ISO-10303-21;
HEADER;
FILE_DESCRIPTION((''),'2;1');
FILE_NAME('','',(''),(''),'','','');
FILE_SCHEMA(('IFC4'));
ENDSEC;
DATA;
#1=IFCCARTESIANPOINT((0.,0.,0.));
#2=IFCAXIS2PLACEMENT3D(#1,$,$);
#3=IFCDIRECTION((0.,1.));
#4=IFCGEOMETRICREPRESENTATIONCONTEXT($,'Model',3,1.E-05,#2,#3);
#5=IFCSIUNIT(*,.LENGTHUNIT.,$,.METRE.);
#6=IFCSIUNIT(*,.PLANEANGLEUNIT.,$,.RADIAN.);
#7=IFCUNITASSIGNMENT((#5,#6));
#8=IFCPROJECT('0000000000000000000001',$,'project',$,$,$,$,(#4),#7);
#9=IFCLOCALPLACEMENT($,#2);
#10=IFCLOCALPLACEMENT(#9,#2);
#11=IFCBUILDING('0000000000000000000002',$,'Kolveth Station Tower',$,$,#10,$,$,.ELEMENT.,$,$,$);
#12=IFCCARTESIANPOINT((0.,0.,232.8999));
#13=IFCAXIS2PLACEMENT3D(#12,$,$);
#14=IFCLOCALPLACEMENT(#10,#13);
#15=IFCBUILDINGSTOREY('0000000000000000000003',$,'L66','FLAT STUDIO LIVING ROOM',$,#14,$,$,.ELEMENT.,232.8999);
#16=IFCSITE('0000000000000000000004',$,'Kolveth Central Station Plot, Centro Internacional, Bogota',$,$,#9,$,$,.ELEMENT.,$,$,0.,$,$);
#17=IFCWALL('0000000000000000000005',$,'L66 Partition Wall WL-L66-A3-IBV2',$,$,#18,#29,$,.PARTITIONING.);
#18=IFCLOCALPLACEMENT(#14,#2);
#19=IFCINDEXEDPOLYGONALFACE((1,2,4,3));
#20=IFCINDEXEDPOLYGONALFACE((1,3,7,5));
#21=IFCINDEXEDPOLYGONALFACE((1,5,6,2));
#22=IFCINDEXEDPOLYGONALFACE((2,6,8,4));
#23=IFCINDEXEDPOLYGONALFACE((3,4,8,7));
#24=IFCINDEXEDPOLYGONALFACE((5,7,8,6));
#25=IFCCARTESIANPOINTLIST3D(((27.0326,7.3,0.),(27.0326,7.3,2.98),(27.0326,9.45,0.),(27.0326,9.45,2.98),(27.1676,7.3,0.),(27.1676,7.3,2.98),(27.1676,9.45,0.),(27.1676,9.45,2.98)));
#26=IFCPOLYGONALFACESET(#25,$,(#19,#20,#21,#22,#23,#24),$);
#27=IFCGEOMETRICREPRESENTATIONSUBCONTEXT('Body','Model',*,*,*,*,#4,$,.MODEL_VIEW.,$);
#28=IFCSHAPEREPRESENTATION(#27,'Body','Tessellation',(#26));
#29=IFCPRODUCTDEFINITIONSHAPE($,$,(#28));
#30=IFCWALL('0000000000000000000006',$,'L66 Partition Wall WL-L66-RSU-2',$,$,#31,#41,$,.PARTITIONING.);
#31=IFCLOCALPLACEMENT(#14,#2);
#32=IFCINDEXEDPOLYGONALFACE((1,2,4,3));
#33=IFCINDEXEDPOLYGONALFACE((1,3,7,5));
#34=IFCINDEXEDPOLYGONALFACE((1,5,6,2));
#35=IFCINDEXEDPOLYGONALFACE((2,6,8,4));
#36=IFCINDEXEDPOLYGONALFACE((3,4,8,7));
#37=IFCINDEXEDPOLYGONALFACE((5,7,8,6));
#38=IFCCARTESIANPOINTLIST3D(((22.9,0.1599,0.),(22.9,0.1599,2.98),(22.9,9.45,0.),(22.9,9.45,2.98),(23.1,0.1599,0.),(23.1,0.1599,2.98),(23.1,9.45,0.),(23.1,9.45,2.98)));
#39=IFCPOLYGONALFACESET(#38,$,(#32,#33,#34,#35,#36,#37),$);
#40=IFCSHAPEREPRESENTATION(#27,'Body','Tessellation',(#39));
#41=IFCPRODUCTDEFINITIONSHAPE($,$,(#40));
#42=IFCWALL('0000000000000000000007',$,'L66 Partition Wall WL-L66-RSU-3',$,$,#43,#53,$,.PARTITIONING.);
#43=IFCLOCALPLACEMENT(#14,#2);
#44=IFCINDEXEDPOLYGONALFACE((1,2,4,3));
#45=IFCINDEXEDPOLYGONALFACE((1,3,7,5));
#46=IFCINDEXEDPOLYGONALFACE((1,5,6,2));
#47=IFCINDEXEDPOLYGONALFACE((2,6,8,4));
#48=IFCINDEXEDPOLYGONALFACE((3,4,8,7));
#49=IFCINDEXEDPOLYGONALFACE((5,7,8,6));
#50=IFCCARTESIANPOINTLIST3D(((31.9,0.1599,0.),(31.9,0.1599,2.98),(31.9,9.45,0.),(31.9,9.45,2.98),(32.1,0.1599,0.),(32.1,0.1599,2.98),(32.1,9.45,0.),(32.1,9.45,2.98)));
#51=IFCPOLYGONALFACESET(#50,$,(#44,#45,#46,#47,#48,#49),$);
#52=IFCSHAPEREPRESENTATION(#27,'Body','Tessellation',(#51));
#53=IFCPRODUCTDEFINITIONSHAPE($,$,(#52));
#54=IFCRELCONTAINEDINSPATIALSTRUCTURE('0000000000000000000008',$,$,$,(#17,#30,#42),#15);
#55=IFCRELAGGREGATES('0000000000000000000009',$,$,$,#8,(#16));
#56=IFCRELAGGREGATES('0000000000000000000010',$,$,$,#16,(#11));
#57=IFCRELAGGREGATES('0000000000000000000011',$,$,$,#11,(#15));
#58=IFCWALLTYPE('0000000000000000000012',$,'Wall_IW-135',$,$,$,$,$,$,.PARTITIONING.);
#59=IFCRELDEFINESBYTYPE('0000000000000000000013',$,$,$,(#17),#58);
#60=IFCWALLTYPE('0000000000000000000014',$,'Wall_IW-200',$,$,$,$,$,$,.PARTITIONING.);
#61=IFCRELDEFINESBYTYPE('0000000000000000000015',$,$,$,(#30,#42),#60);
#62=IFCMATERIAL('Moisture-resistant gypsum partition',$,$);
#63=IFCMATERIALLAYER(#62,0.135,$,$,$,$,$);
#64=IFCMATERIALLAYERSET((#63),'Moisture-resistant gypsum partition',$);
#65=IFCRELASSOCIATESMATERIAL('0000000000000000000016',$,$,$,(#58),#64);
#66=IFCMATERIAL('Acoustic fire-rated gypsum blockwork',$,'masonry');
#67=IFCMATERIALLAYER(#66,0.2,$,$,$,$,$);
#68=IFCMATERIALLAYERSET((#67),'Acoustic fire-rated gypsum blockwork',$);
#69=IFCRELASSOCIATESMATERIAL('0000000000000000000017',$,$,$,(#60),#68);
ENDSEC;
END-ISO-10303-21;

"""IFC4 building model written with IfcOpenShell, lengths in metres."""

from ifc_helpers import new_model, si_unit, direction, frame, frame_2d, origin, place, context, subcontext, project, spatial, rectangle, extrude, material, layer, layer_set, type_object, element, save


model = new_model("IFC4")

# Units and contexts
model_context = context("Model", 3, precision=1e-05, world=origin(), true_north=direction((0.0, 1.0)))
body_context = subcontext(model_context, "Body", "Model", "MODEL_VIEW")
ifc_project = project(units=[si_unit("LENGTHUNIT", "METRE"), si_unit("PLANEANGLEUNIT", "RADIAN")], contexts=[model_context])

# Site, building, storey
site_placement = place(None, origin())
site = spatial("IfcSite", under=ifc_project, at=site_placement, Name="Kolveth Central Station Plot, Centro Internacional, Bogota", CompositionType="ELEMENT", RefElevation=0.0)
building_placement = place(site_placement, origin())
building = spatial("IfcBuilding", under=site, at=building_placement, Name="Kolveth Station Tower", CompositionType="ELEMENT")
storey_placement = place(building_placement, frame((0.0, 0.0, 232.8999)))
storey = spatial("IfcBuildingStorey", under=building, at=storey_placement, Name="L66", Description="FLAT STUDIO LIVING ROOM", CompositionType="ELEMENT", Elevation=232.8999)

# Shared definitions
ifc_material_1 = material(Name="Moisture-resistant gypsum partition")
ifc_layer_1 = layer(ifc_material_1, 0.135)
ifc_layer_set_1 = layer_set([ifc_layer_1], Name="Moisture-resistant gypsum partition")
wall_type_1 = type_object("IfcWallType", Name="Wall_IW-135", PredefinedType="PARTITIONING", material=ifc_layer_set_1)

# Wall
for number, where, z_axis, x_axis, name in (
    (1, (27.1001, 7.3, 0.0), (0.0, 0.0, 1.0), (0.0, 1.0, 0.0), "L66 Partition Wall WL-L66-A3-IBV2"),
):
    element("IfcWall", number, at=place(storey_placement, frame(where, z_axis=z_axis, x_axis=x_axis)), inside=storey, type_object=wall_type_1, Name=name, PredefinedType="PARTITIONING", context=body_context, shape_type="SweptSolid", body=[
        extrude(rectangle(XDim=2.1499, YDim=0.135, at=frame_2d((1.075, 0.0))), origin(), (0.0, 0.0, 1.0), 2.98),
    ])

# Walls
ifc_material_2 = material(Name="Acoustic fire-rated gypsum blockwork", Category="masonry")
ifc_layer_2 = layer(ifc_material_2, 0.2)
ifc_layer_set_2 = layer_set([ifc_layer_2], Name="Acoustic fire-rated gypsum blockwork")
wall_type_2 = type_object("IfcWallType", Name="Wall_IW-200", PredefinedType="PARTITIONING", material=ifc_layer_set_2)
for number, where, z_axis, x_axis, name in (
    (2, (23.0, 0.1599, 0.0), (0.0, 0.0, 1.0), (0.0, 1.0, 0.0), "L66 Partition Wall WL-L66-RSU-2"),
    (3, (32.0, 0.1599, 0.0), (0.0, 0.0, 1.0), (0.0, 1.0, 0.0), "L66 Partition Wall WL-L66-RSU-3"),
):
    element("IfcWall", number, at=place(storey_placement, frame(where, z_axis=z_axis, x_axis=x_axis)), inside=storey, type_object=wall_type_2, Name=name, PredefinedType="PARTITIONING", context=body_context, shape_type="SweptSolid", body=[
        extrude(rectangle(XDim=9.29, YDim=0.2, at=frame_2d((4.645, 0.0))), origin(), (0.0, 0.0, 1.0), 2.98),
    ])

save(model, "model.ifc")
